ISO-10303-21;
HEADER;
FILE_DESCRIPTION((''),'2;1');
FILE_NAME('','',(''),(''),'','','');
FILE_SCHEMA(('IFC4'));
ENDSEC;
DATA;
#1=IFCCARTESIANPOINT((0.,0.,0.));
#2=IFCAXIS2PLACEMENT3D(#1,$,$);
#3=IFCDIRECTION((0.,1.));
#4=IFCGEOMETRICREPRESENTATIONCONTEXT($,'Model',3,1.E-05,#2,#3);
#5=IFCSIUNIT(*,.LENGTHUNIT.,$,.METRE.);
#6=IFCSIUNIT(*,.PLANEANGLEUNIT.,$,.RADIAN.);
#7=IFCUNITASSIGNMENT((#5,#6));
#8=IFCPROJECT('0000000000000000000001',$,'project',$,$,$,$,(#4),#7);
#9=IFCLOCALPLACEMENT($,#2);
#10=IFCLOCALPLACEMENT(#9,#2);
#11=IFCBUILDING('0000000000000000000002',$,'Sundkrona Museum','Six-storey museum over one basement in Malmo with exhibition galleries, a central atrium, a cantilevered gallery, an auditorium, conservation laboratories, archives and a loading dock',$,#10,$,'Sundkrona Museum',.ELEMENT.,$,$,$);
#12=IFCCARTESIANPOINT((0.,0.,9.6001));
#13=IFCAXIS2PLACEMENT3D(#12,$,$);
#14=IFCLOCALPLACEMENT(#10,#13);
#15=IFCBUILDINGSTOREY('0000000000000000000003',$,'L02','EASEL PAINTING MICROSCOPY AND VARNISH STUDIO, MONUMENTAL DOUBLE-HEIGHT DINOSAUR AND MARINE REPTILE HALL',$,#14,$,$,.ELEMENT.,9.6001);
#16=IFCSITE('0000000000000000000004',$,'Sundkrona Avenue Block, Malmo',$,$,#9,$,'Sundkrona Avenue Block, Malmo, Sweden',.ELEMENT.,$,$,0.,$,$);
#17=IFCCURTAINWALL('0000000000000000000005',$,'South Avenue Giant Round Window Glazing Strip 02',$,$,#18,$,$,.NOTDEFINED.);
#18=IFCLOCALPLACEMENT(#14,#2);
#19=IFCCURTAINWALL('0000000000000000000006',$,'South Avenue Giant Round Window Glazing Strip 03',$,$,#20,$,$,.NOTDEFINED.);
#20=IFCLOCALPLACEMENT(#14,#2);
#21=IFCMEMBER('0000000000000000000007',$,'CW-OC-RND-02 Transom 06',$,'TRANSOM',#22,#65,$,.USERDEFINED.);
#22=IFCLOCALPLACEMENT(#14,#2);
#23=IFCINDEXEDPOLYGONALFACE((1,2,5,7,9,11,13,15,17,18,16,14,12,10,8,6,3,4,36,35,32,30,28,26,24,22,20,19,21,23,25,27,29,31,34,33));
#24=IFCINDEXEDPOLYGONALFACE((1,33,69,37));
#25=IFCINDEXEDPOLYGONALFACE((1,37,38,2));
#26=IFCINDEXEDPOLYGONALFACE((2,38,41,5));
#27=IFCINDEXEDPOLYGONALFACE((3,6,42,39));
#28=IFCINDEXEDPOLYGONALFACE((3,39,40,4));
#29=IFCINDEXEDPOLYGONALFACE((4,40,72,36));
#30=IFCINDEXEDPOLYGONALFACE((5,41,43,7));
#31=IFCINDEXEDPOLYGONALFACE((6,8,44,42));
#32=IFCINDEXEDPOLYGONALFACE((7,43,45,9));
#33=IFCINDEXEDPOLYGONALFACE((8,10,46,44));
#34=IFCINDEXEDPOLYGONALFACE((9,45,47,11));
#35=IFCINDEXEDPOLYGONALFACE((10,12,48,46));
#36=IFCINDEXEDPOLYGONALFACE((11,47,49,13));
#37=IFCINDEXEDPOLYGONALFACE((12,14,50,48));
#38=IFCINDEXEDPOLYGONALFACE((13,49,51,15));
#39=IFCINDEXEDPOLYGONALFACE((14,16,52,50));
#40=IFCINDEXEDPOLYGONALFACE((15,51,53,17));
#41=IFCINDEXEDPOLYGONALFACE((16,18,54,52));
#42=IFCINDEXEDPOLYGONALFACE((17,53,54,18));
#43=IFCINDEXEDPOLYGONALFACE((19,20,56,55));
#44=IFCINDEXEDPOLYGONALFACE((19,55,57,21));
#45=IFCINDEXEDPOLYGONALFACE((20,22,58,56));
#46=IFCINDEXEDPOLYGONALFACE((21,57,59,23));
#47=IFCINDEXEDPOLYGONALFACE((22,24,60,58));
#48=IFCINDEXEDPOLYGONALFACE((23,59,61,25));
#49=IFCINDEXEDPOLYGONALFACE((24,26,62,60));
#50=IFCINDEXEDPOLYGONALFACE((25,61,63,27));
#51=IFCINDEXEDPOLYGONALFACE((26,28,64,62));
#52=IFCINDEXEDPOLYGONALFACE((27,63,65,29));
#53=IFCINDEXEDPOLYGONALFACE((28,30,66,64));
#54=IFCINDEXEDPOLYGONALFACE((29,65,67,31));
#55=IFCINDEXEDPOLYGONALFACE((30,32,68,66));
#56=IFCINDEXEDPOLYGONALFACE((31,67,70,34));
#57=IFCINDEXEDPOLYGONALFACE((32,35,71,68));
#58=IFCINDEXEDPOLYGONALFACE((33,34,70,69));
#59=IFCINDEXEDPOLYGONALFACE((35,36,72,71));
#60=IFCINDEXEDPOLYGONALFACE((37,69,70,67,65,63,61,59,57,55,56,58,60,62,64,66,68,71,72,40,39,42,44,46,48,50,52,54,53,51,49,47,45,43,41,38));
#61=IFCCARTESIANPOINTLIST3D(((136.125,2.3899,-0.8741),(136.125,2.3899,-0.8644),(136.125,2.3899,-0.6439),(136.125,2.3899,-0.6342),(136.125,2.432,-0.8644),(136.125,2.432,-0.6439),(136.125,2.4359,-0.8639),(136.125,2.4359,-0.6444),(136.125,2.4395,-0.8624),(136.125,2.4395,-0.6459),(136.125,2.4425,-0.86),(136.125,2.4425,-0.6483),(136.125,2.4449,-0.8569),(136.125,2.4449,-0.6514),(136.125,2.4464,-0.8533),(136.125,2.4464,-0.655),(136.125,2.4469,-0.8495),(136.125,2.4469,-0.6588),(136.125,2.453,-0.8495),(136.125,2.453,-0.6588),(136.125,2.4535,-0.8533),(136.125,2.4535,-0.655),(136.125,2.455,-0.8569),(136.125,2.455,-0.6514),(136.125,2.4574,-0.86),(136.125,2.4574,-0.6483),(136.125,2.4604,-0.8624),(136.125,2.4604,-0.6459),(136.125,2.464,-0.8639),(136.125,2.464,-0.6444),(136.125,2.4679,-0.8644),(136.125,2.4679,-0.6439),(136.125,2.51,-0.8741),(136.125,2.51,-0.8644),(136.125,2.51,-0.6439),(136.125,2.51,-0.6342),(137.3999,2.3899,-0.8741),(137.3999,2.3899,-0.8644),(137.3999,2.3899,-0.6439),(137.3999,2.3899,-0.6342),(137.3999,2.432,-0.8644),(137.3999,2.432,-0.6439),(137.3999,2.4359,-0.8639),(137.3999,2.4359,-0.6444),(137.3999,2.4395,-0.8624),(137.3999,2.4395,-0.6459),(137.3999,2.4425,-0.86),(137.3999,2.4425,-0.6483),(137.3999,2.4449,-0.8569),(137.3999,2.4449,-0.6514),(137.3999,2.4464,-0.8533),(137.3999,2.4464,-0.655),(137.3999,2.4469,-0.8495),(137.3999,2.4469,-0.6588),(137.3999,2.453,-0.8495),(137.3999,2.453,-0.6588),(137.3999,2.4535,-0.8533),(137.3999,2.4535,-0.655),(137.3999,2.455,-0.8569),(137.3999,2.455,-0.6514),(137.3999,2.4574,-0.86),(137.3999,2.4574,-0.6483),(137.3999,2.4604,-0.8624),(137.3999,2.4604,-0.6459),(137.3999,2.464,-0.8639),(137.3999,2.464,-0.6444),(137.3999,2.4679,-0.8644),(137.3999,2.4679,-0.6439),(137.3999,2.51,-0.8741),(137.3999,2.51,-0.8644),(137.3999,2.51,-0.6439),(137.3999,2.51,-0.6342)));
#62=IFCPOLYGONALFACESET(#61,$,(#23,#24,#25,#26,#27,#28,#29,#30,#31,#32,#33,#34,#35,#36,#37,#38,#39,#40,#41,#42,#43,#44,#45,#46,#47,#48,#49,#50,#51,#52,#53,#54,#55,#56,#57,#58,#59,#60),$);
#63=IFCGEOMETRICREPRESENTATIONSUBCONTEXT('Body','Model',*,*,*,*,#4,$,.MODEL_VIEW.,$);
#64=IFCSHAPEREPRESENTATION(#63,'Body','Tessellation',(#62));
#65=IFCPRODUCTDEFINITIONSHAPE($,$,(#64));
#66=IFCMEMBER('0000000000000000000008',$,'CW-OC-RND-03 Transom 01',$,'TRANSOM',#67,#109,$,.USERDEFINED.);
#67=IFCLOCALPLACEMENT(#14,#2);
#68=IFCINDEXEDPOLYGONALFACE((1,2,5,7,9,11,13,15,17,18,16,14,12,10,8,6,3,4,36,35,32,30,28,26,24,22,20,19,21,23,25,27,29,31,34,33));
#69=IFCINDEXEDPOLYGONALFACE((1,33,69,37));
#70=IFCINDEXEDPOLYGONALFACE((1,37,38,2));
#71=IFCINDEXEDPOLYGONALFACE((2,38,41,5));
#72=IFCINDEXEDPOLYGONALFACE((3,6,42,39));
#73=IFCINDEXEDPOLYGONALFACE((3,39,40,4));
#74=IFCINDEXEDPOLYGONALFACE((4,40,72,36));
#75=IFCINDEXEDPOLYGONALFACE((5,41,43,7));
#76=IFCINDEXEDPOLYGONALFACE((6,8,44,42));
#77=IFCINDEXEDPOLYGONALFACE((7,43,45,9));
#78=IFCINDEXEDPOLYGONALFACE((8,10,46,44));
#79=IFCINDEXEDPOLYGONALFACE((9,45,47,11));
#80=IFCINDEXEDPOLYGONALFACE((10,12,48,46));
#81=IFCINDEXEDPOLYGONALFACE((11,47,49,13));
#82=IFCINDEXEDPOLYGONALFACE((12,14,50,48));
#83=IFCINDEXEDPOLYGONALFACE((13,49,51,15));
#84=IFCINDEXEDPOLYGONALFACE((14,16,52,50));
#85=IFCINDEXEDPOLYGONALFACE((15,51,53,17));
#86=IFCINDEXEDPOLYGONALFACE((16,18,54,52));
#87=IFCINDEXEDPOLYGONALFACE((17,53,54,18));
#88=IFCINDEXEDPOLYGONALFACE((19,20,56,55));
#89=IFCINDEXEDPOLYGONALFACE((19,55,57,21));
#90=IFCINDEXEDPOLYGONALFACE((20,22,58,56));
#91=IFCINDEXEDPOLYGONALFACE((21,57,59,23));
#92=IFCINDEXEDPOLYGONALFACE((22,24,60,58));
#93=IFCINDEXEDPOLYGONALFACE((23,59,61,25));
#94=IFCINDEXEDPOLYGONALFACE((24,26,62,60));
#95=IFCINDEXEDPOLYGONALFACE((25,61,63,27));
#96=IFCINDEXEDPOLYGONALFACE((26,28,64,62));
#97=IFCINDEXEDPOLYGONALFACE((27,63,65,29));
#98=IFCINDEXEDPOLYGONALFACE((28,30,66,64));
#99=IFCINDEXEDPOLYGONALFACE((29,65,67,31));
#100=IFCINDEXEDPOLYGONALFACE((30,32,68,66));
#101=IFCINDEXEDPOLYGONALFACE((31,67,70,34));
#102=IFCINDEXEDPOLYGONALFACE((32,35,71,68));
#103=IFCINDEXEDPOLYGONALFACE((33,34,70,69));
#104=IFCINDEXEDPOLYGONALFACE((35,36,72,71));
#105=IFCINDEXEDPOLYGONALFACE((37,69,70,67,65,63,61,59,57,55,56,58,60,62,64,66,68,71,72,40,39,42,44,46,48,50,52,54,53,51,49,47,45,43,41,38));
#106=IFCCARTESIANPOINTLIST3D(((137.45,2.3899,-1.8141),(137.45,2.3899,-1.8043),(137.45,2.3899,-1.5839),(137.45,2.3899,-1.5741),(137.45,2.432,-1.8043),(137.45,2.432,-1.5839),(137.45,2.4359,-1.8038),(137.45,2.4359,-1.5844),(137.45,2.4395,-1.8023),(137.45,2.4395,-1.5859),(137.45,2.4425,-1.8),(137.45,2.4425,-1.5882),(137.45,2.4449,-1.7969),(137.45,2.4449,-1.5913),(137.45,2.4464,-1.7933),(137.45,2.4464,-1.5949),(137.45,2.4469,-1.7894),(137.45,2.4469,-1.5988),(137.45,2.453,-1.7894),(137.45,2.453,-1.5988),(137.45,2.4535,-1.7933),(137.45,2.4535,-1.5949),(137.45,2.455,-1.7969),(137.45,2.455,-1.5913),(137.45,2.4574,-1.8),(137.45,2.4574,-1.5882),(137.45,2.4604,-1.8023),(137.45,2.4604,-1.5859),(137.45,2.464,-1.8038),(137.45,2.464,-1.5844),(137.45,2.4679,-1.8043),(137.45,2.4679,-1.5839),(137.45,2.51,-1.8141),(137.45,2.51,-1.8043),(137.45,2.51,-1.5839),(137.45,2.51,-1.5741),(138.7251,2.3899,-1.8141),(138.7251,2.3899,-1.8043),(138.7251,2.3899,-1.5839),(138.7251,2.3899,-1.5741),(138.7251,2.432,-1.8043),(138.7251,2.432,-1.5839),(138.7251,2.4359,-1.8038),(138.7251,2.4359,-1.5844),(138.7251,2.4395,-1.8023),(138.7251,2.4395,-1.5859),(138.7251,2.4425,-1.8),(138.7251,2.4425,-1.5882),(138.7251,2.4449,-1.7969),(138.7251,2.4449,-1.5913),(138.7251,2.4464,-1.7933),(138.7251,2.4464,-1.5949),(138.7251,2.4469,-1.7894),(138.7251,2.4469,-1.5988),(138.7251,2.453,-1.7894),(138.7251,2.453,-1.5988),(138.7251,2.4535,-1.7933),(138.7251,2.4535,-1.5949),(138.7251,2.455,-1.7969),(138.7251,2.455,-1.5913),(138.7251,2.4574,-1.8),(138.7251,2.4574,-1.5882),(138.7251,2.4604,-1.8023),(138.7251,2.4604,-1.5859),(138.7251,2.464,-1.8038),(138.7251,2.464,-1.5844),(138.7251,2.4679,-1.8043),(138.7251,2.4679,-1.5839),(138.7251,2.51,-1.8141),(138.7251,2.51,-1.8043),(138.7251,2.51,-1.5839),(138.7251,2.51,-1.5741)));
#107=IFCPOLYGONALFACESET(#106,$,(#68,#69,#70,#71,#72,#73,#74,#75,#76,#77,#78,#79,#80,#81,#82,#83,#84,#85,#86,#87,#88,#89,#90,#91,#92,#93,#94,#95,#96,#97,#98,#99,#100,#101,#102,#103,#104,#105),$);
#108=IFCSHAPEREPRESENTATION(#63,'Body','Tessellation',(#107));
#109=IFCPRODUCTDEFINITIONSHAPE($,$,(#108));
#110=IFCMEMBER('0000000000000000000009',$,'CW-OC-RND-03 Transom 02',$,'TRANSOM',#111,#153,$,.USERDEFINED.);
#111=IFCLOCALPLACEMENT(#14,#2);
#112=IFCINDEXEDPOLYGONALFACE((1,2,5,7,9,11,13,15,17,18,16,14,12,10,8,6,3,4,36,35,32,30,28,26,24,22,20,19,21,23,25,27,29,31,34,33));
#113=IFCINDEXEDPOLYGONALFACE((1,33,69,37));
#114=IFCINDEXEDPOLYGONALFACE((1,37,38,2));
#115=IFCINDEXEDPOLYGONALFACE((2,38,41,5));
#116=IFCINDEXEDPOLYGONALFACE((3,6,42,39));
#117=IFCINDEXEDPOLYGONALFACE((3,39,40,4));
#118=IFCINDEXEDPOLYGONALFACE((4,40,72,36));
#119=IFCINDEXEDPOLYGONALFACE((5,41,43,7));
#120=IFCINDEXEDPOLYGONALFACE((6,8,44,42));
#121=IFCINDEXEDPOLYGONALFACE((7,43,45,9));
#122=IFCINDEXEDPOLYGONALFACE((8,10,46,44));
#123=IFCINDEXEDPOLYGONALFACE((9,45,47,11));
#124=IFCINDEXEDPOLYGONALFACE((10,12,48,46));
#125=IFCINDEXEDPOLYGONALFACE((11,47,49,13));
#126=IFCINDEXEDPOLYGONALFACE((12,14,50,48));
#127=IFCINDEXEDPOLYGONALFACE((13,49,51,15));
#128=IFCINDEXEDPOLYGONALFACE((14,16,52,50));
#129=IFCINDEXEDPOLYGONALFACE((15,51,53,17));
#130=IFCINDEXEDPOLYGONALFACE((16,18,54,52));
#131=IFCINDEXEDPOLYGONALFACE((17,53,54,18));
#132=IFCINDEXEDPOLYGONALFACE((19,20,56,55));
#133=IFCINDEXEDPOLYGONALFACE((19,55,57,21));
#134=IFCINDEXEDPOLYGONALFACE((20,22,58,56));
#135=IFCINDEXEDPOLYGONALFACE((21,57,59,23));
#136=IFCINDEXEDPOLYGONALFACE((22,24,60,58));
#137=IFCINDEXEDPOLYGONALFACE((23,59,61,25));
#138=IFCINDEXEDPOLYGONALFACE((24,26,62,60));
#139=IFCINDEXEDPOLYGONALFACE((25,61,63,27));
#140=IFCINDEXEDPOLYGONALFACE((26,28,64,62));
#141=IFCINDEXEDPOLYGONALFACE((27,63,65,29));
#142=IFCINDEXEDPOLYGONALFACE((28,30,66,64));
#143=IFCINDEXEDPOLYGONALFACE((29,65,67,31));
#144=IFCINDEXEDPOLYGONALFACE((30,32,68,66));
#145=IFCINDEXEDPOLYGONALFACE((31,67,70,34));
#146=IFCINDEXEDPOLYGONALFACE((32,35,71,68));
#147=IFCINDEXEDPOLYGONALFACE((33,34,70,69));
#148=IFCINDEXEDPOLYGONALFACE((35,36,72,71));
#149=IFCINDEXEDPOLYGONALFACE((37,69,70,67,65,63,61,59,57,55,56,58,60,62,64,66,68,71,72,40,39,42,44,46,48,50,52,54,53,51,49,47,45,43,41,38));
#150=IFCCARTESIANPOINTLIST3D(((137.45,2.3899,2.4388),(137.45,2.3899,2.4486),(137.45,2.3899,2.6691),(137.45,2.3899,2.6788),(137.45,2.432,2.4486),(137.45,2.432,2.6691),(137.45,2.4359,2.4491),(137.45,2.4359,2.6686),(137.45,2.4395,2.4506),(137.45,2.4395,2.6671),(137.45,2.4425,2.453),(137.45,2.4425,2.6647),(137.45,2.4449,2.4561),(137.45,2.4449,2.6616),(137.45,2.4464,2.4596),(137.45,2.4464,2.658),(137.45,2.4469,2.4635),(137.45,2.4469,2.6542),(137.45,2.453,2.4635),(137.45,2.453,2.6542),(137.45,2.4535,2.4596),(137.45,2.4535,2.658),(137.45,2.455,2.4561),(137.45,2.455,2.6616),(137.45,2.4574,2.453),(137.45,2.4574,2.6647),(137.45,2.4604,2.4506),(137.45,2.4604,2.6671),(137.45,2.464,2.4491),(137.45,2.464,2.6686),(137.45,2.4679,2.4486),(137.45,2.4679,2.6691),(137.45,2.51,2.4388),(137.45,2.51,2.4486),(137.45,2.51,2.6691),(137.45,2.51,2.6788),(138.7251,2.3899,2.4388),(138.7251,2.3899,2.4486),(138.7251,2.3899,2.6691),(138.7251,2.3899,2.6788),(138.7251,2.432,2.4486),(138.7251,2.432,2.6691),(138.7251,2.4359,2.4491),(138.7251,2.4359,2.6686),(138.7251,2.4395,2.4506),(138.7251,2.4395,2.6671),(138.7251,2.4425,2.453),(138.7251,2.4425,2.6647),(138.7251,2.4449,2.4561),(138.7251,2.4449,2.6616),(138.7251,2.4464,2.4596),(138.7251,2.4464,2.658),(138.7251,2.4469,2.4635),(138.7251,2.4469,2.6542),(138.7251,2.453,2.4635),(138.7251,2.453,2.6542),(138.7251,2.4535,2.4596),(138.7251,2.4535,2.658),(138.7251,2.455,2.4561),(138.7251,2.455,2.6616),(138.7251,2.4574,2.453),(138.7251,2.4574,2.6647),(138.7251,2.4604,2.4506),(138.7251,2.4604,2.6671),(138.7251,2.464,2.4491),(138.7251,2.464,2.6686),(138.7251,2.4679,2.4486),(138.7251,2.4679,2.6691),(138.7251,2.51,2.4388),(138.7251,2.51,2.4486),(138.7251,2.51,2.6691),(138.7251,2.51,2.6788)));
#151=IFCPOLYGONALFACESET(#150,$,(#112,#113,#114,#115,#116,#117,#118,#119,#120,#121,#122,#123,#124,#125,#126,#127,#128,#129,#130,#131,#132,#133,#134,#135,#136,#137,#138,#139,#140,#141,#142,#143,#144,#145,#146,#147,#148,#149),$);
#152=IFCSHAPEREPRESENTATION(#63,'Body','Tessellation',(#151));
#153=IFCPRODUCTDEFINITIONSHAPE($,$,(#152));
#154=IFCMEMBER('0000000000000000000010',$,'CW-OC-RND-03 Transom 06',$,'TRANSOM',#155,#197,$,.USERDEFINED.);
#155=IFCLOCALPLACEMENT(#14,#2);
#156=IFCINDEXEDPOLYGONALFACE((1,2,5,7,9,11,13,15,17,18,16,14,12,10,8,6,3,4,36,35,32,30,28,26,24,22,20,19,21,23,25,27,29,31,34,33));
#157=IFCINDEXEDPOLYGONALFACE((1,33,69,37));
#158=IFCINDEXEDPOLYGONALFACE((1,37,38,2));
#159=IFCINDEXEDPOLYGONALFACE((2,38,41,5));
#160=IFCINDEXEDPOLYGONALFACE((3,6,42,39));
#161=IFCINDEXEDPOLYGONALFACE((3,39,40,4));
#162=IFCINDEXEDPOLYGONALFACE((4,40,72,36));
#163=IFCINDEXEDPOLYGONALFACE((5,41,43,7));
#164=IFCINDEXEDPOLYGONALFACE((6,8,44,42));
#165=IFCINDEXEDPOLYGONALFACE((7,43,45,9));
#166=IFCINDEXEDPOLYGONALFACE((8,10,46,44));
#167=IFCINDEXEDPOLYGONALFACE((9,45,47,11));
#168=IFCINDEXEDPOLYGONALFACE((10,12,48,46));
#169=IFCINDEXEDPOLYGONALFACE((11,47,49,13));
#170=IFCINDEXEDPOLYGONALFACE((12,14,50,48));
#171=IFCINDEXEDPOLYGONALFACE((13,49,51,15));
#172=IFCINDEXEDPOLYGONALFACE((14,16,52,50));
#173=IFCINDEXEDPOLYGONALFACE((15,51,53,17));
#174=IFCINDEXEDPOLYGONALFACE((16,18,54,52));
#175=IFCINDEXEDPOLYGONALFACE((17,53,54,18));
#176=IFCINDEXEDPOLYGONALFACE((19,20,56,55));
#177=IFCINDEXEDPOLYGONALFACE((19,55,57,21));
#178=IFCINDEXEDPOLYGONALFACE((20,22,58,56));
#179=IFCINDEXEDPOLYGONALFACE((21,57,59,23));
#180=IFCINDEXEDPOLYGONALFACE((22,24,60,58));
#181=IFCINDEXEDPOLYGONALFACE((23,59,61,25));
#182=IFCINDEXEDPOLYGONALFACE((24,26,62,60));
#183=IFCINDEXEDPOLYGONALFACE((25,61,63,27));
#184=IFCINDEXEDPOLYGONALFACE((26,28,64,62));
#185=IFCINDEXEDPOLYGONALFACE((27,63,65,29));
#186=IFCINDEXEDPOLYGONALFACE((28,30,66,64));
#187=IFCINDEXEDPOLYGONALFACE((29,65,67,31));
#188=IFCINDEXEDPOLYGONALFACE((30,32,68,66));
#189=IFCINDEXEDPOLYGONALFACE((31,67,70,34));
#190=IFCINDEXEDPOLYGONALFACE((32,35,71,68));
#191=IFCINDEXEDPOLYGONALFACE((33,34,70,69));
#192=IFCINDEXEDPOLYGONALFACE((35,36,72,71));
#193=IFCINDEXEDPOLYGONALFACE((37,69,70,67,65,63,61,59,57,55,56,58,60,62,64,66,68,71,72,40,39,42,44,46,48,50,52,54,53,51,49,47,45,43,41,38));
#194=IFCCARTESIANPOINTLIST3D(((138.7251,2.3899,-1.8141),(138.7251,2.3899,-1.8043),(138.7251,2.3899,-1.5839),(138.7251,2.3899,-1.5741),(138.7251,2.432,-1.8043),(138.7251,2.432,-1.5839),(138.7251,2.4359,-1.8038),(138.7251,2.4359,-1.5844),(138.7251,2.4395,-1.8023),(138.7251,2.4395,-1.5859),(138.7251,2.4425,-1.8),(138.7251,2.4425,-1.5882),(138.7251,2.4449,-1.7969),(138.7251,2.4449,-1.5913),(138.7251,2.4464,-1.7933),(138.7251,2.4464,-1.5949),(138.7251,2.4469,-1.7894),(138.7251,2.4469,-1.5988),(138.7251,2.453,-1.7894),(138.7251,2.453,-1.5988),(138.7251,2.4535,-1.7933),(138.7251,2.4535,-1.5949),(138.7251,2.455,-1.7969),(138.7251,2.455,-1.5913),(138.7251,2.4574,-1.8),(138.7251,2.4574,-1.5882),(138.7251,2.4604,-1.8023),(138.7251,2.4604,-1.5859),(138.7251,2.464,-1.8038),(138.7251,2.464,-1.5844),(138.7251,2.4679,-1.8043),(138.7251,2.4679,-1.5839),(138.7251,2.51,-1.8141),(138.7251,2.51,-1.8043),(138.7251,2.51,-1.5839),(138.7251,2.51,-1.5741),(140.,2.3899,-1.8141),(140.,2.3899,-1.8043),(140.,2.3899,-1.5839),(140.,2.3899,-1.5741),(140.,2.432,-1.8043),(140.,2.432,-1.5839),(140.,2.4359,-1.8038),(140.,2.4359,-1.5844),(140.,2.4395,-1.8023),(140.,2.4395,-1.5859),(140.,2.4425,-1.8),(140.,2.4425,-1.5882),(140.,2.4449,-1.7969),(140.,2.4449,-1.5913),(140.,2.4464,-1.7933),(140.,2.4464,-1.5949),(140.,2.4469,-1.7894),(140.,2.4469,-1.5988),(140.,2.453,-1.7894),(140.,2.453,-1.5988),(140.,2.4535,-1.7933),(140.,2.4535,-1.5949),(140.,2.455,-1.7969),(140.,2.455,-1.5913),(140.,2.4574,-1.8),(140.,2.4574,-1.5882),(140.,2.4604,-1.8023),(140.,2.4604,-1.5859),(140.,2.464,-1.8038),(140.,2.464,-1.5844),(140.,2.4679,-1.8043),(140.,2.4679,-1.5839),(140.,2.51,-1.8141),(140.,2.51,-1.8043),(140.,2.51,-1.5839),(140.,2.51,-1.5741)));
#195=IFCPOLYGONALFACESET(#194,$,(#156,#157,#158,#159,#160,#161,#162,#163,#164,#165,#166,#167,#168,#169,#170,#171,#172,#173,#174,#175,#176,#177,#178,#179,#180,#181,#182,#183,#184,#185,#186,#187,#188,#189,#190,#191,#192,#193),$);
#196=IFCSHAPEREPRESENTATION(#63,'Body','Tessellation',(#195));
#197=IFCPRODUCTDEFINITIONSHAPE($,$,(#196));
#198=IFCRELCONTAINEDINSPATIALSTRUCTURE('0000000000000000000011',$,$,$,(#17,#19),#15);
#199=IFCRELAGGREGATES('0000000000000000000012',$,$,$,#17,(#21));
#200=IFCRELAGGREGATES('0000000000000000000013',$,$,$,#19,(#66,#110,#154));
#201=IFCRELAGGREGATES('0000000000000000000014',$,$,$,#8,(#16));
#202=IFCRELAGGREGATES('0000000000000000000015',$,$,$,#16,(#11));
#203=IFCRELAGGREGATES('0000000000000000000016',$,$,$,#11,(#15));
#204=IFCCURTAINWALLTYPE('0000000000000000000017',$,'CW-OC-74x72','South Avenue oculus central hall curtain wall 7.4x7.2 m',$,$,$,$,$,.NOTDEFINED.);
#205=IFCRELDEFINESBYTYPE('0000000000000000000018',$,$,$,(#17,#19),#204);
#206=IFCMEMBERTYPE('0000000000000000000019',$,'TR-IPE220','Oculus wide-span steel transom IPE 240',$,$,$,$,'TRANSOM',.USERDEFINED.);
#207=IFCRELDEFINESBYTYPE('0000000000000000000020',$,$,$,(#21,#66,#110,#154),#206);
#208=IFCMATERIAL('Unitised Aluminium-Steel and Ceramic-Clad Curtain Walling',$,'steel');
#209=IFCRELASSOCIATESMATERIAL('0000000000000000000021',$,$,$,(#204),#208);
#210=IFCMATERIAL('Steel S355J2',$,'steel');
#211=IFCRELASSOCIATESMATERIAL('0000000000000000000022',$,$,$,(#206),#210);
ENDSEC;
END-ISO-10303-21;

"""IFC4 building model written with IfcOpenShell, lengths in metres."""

from ifc_helpers import new_model, si_unit, direction, frame, origin, origin_2d, place, context, subcontext, project, spatial, i_section, extrude, material, material_profile, profile_set, type_object, element, aggregate, save


model = new_model("IFC4")

# Units and contexts
model_context = context("Model", 3, precision=1e-05, world=origin(), true_north=direction((0.0, 1.0)))
body_context = subcontext(model_context, "Body", "Model", "MODEL_VIEW")
ifc_project = project(units=[si_unit("LENGTHUNIT", "METRE"), si_unit("PLANEANGLEUNIT", "RADIAN")], contexts=[model_context])

# Site, building, storey
site_placement = place(None, origin())
site = spatial("IfcSite", under=ifc_project, at=site_placement, Name="Sundkrona Avenue Block, Malmo", LongName="Sundkrona Avenue Block, Malmo, Sweden", CompositionType="ELEMENT", RefElevation=0.0)
building_placement = place(site_placement, origin())
building = spatial("IfcBuilding", under=site, at=building_placement, Name="Sundkrona Museum", Description="Six-storey museum over one basement in Malmo with exhibition galleries, a central atrium, a cantilevered gallery, an auditorium, conservation laboratories, archives and a loading dock", LongName="Sundkrona Museum", CompositionType="ELEMENT")
storey_placement = place(building_placement, frame((0.0, 0.0, 9.6001)))
storey = spatial("IfcBuildingStorey", under=building, at=storey_placement, Name="L02", Description="EASEL PAINTING MICROSCOPY AND VARNISH STUDIO, MONUMENTAL DOUBLE-HEIGHT DINOSAUR AND MARINE REPTILE HALL", CompositionType="ELEMENT", Elevation=9.6001)

# Shared definitions
ifc_material_1 = material(Name="Steel S355J2", Category="steel")

# Curtain walls
ifc_material_2 = material(Name="Unitised Aluminium-Steel and Ceramic-Clad Curtain Walling", Category="steel")
curtain_wall_type = type_object("IfcCurtainWallType", Name="CW-OC-74x72", Description="South Avenue oculus central hall curtain wall 7.4x7.2 m", PredefinedType="NOTDEFINED", material=ifc_material_2)
curtain_wall_1_placement = place(storey_placement, origin())
curtain_wall_1 = element("IfcCurtainWall", 1, at=curtain_wall_1_placement, inside=storey, type_object=curtain_wall_type, Name="South Avenue Giant Round Window Glazing Strip 02", PredefinedType="NOTDEFINED")
curtain_wall_2_placement = place(storey_placement, origin())
curtain_wall_2 = element("IfcCurtainWall", 2, at=curtain_wall_2_placement, inside=storey, type_object=curtain_wall_type, Name="South Avenue Giant Round Window Glazing Strip 03", PredefinedType="NOTDEFINED")

# Members
ifc_material_profile_1 = material_profile(ifc_material_1, i_section(OverallWidth=0.1201, OverallDepth=0.24, WebThickness=0.0061, FlangeThickness=0.0098, FilletRadius=0.0149, at=origin_2d()), Name="IPE 240")
ifc_profile_set_1 = profile_set([ifc_material_profile_1], Name="Steel S355J2")
member_type_1 = type_object("IfcMemberType", Name="TR-IPE220", Description="Oculus wide-span steel transom IPE 240", ElementType="TRANSOM", PredefinedType="USERDEFINED", material=ifc_profile_set_1)
member_1_placement = place(storey_placement, frame((136.125, 2.45, -0.7542), z_axis=(1.0, 0.0, 0.0), x_axis=(0.0, 1.0, 0.0)))
member_1 = element("IfcMember", 3, at=member_1_placement, type_object=member_type_1, Name="CW-OC-RND-02 Transom 06", ObjectType="TRANSOM", PredefinedType="USERDEFINED", context=body_context, shape_type="SweptSolid", body=[
    extrude(i_section(OverallWidth=0.1201, OverallDepth=0.24, WebThickness=0.0061, FlangeThickness=0.0098, FilletRadius=0.0149, at=origin_2d()), origin(), (0.0, 0.0, 1.0), 1.2749),
])
member_2_placement = place(storey_placement, frame((137.45, 2.45, -1.6941), z_axis=(1.0, 0.0, 0.0), x_axis=(0.0, 1.0, 0.0)))
member_2 = element("IfcMember", 4, at=member_2_placement, type_object=member_type_1, Name="CW-OC-RND-03 Transom 01", ObjectType="TRANSOM", PredefinedType="USERDEFINED", context=body_context, shape_type="SweptSolid", body=[
    extrude(i_section(OverallWidth=0.1201, OverallDepth=0.24, WebThickness=0.0061, FlangeThickness=0.0098, FilletRadius=0.0149, at=origin_2d()), origin(), (0.0, 0.0, 1.0), 1.2751),
])
member_3_placement = place(storey_placement, frame((137.45, 2.45, 2.5588), z_axis=(1.0, 0.0, 0.0), x_axis=(0.0, 1.0, 0.0)))
member_3 = element("IfcMember", 5, at=member_3_placement, type_object=member_type_1, Name="CW-OC-RND-03 Transom 02", ObjectType="TRANSOM", PredefinedType="USERDEFINED", context=body_context, shape_type="SweptSolid", body=[
    extrude(i_section(OverallWidth=0.1201, OverallDepth=0.24, WebThickness=0.0061, FlangeThickness=0.0098, FilletRadius=0.0149, at=origin_2d()), origin(), (0.0, 0.0, 1.0), 1.2751),
])
member_4_placement = place(storey_placement, frame((138.7251, 2.45, -1.6941), z_axis=(1.0, 0.0, 0.0), x_axis=(0.0, 1.0, 0.0)))
member_4 = element("IfcMember", 6, at=member_4_placement, type_object=member_type_1, Name="CW-OC-RND-03 Transom 06", ObjectType="TRANSOM", PredefinedType="USERDEFINED", context=body_context, shape_type="SweptSolid", body=[
    extrude(i_section(OverallWidth=0.1201, OverallDepth=0.24, WebThickness=0.0061, FlangeThickness=0.0098, FilletRadius=0.0149, at=origin_2d()), origin(), (0.0, 0.0, 1.0), 1.2749),
])

aggregate(curtain_wall_1, [member_1])
aggregate(curtain_wall_2, [member_2, member_3, member_4])

save(model, "model.ifc")
